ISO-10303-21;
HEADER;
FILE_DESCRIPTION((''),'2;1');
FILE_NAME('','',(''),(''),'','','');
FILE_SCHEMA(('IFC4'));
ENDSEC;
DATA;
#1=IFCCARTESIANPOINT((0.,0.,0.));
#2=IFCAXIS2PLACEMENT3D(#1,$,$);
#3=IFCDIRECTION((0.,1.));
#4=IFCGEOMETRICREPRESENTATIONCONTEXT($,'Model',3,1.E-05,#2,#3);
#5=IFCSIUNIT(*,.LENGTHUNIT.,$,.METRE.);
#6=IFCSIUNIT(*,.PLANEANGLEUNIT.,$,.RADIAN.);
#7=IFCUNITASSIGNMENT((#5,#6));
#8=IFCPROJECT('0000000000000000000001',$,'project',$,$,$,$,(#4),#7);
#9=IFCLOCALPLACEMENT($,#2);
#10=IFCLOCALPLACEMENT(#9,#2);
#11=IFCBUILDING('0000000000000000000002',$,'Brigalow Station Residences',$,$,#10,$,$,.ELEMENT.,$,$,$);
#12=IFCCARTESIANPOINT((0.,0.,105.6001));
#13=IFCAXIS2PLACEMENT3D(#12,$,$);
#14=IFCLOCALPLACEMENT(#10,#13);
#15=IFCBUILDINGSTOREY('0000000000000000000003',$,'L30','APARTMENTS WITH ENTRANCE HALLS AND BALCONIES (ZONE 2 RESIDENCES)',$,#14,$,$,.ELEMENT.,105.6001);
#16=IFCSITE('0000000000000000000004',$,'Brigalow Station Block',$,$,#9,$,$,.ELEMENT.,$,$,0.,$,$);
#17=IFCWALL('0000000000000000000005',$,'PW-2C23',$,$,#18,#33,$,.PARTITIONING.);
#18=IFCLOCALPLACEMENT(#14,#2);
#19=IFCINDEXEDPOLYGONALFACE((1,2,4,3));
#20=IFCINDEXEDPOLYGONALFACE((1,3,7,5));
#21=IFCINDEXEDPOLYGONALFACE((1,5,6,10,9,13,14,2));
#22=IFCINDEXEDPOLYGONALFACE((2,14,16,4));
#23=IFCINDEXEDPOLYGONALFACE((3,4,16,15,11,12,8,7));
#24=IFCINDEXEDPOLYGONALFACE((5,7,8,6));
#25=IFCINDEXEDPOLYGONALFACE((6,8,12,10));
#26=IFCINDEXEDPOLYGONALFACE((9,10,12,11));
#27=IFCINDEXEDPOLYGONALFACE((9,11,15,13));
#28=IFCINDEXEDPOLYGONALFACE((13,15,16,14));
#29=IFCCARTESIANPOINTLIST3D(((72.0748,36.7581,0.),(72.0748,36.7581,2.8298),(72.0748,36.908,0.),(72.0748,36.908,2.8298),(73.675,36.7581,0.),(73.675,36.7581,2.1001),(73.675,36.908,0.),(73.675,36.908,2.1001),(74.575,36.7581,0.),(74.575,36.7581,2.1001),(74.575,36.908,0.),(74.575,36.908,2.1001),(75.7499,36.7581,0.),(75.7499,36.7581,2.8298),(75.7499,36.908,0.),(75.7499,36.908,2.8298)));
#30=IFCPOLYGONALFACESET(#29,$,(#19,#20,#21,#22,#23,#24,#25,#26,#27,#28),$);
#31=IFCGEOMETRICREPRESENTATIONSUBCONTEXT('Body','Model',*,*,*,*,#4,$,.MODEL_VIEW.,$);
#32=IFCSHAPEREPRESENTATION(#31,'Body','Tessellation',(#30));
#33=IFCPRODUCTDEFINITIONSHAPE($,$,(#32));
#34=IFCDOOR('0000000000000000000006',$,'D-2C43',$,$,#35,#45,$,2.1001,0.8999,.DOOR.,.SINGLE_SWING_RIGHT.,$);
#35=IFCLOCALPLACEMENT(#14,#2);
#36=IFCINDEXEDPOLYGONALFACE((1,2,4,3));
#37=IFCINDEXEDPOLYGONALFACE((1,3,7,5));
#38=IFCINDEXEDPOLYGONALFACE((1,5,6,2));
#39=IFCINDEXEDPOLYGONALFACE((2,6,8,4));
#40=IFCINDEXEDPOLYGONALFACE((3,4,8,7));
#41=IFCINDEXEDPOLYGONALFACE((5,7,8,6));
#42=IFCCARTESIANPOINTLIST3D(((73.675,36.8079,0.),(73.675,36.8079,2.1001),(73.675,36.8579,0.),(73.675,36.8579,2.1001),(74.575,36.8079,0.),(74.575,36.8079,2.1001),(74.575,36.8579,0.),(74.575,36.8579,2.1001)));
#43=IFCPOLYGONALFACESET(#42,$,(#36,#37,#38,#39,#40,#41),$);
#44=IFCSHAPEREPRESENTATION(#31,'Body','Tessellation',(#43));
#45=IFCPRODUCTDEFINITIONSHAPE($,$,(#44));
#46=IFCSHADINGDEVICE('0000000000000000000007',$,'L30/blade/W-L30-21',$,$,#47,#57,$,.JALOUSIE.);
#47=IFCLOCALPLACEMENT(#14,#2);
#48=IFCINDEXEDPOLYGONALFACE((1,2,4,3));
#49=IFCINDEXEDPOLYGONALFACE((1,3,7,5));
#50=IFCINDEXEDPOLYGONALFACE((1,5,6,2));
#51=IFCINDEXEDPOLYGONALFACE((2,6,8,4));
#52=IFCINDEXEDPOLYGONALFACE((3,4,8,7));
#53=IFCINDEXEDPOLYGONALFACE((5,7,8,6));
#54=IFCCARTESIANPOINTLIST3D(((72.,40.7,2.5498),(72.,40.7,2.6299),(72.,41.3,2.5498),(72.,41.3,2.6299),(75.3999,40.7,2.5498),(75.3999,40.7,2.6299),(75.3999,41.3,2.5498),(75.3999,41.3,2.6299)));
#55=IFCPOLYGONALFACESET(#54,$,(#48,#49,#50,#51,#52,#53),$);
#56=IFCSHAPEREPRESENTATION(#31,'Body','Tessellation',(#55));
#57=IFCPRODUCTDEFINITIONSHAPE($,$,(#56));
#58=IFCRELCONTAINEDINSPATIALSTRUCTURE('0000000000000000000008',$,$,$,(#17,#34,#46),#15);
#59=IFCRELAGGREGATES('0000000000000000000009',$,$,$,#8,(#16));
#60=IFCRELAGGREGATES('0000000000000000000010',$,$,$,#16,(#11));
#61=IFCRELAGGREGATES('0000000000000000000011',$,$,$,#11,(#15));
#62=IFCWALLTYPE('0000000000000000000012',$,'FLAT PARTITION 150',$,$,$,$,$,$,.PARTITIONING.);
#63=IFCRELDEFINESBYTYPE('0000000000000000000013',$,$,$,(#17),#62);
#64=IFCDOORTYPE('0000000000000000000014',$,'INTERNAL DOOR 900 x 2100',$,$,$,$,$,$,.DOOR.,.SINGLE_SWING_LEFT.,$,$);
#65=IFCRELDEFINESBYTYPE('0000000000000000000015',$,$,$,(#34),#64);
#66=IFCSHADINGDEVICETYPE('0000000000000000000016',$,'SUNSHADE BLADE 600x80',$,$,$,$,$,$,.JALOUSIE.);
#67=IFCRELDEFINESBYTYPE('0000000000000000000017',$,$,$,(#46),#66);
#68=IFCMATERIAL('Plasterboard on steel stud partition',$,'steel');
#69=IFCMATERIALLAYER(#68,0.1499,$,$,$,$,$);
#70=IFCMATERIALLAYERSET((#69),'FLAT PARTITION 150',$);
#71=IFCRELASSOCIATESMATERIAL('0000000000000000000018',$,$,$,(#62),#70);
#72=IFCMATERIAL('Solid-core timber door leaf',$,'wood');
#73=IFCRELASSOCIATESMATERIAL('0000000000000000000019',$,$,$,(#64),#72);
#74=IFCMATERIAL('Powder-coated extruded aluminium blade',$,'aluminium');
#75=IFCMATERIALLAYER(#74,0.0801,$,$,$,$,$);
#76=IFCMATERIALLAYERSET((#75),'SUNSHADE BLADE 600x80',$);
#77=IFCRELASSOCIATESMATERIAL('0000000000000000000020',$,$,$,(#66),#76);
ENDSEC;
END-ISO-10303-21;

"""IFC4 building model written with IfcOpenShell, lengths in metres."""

from ifc_helpers import new_model, si_unit, direction, frame, frame_2d, origin, origin_2d, place, context, subcontext, project, spatial, rectangle, extrude, material, layer, layer_set, type_object, element, fill, save


model = new_model("IFC4")

# Units and contexts
model_context = context("Model", 3, precision=1e-05, world=origin(), true_north=direction((0.0, 1.0)))
body_context = subcontext(model_context, "Body", "Model", "MODEL_VIEW")
ifc_project = project(units=[si_unit("LENGTHUNIT", "METRE"), si_unit("PLANEANGLEUNIT", "RADIAN")], contexts=[model_context])

# Site, building, storey
site_placement = place(None, origin())
site = spatial("IfcSite", under=ifc_project, at=site_placement, Name="Brigalow Station Block", CompositionType="ELEMENT", RefElevation=0.0)
building_placement = place(site_placement, origin())
building = spatial("IfcBuilding", under=site, at=building_placement, Name="Brigalow Station Residences", CompositionType="ELEMENT")
storey_placement = place(building_placement, frame((0.0, 0.0, 105.6001)))
storey = spatial("IfcBuildingStorey", under=building, at=storey_placement, Name="L30", Description="APARTMENTS WITH ENTRANCE HALLS AND BALCONIES (ZONE 2 RESIDENCES)", CompositionType="ELEMENT", Elevation=105.6001)

# Wall, opening, door
ifc_material_1 = material(Name="Plasterboard on steel stud partition", Category="steel")
ifc_layer_1 = layer(ifc_material_1, 0.1499)
ifc_layer_set_1 = layer_set([ifc_layer_1], Name="FLAT PARTITION 150")
wall_type_1 = type_object("IfcWallType", Name="FLAT PARTITION 150", PredefinedType="PARTITIONING", material=ifc_layer_set_1)
wall_1_placement = place(storey_placement, frame((72.075, 36.833, 0.0), z_axis=(0.0, 0.0, 1.0), x_axis=(1.0, 0.0, 0.0)))
wall_1 = element("IfcWall", 1, at=wall_1_placement, inside=storey, type_object=wall_type_1, Name="PW-2C23", PredefinedType="PARTITIONING", context=body_context, shape_type="SweptSolid", body=[
    extrude(rectangle(XDim=3.675, YDim=0.1499, at=frame_2d((1.8374, 0.0))), origin(), (0.0, 0.0, 1.0), 2.8298),
])
opening_1_placement = place(wall_1_placement, frame((1.6001, 0.0, 0.0)))
opening_1 = element("IfcOpeningElement", 2, at=opening_1_placement, cuts=wall_1, PredefinedType="OPENING", context=body_context, shape_type="SweptSolid", body=[
    extrude(rectangle(XDim=0.8999, YDim=2.1001, at=frame_2d((0.45, 1.05))), frame((0.0, 0.085, 0.0), z_axis=(0.0, -1.0, 0.0), x_axis=(1.0, 0.0, 0.0)), (0.0, 0.0, 1.0), 0.1699),
])
ifc_material_2 = material(Name="Solid-core timber door leaf", Category="wood")
door_type = type_object("IfcDoorType", Name="INTERNAL DOOR 900 x 2100", OperationType="SINGLE_SWING_LEFT", PredefinedType="DOOR", material=ifc_material_2)
door_placement = place(opening_1_placement, origin())
door = element("IfcDoor", 3, at=door_placement, inside=storey, type_object=door_type, Name="D-2C43", OperationType="SINGLE_SWING_RIGHT", OverallHeight=2.1001, OverallWidth=0.8999, PredefinedType="DOOR", context=body_context, shape_type="SweptSolid", body=[
    extrude(rectangle(XDim=0.8999, YDim=2.1001, at=frame_2d((0.45, 1.05))), frame((0.0, 0.0249, 0.0), z_axis=(0.0, -1.0, 0.0), x_axis=(1.0, 0.0, 0.0)), (0.0, 0.0, 1.0), 0.05),
])
fill(opening_1, door)

# Shading device
ifc_material_3 = material(Name="Powder-coated extruded aluminium blade", Category="aluminium")
ifc_layer_2 = layer(ifc_material_3, 0.0801)
ifc_layer_set_2 = layer_set([ifc_layer_2], Name="SUNSHADE BLADE 600x80")
shading_device_type = type_object("IfcShadingDeviceType", Name="SUNSHADE BLADE 600x80", PredefinedType="JALOUSIE", material=ifc_layer_set_2)
shading_device_placement = place(storey_placement, frame((73.7, 41.0, 2.5498), z_axis=(0.0, 0.0, 1.0), x_axis=(-1.0, 0.0, 0.0)))
element("IfcShadingDevice", 4, at=shading_device_placement, inside=storey, type_object=shading_device_type, Name="L30/blade/W-L30-21", PredefinedType="JALOUSIE", context=body_context, shape_type="SweptSolid", body=[
    extrude(rectangle(XDim=3.3999, YDim=0.6001, at=origin_2d()), origin(), (0.0, 0.0, 1.0), 0.0801),
])

save(model, "model.ifc")
